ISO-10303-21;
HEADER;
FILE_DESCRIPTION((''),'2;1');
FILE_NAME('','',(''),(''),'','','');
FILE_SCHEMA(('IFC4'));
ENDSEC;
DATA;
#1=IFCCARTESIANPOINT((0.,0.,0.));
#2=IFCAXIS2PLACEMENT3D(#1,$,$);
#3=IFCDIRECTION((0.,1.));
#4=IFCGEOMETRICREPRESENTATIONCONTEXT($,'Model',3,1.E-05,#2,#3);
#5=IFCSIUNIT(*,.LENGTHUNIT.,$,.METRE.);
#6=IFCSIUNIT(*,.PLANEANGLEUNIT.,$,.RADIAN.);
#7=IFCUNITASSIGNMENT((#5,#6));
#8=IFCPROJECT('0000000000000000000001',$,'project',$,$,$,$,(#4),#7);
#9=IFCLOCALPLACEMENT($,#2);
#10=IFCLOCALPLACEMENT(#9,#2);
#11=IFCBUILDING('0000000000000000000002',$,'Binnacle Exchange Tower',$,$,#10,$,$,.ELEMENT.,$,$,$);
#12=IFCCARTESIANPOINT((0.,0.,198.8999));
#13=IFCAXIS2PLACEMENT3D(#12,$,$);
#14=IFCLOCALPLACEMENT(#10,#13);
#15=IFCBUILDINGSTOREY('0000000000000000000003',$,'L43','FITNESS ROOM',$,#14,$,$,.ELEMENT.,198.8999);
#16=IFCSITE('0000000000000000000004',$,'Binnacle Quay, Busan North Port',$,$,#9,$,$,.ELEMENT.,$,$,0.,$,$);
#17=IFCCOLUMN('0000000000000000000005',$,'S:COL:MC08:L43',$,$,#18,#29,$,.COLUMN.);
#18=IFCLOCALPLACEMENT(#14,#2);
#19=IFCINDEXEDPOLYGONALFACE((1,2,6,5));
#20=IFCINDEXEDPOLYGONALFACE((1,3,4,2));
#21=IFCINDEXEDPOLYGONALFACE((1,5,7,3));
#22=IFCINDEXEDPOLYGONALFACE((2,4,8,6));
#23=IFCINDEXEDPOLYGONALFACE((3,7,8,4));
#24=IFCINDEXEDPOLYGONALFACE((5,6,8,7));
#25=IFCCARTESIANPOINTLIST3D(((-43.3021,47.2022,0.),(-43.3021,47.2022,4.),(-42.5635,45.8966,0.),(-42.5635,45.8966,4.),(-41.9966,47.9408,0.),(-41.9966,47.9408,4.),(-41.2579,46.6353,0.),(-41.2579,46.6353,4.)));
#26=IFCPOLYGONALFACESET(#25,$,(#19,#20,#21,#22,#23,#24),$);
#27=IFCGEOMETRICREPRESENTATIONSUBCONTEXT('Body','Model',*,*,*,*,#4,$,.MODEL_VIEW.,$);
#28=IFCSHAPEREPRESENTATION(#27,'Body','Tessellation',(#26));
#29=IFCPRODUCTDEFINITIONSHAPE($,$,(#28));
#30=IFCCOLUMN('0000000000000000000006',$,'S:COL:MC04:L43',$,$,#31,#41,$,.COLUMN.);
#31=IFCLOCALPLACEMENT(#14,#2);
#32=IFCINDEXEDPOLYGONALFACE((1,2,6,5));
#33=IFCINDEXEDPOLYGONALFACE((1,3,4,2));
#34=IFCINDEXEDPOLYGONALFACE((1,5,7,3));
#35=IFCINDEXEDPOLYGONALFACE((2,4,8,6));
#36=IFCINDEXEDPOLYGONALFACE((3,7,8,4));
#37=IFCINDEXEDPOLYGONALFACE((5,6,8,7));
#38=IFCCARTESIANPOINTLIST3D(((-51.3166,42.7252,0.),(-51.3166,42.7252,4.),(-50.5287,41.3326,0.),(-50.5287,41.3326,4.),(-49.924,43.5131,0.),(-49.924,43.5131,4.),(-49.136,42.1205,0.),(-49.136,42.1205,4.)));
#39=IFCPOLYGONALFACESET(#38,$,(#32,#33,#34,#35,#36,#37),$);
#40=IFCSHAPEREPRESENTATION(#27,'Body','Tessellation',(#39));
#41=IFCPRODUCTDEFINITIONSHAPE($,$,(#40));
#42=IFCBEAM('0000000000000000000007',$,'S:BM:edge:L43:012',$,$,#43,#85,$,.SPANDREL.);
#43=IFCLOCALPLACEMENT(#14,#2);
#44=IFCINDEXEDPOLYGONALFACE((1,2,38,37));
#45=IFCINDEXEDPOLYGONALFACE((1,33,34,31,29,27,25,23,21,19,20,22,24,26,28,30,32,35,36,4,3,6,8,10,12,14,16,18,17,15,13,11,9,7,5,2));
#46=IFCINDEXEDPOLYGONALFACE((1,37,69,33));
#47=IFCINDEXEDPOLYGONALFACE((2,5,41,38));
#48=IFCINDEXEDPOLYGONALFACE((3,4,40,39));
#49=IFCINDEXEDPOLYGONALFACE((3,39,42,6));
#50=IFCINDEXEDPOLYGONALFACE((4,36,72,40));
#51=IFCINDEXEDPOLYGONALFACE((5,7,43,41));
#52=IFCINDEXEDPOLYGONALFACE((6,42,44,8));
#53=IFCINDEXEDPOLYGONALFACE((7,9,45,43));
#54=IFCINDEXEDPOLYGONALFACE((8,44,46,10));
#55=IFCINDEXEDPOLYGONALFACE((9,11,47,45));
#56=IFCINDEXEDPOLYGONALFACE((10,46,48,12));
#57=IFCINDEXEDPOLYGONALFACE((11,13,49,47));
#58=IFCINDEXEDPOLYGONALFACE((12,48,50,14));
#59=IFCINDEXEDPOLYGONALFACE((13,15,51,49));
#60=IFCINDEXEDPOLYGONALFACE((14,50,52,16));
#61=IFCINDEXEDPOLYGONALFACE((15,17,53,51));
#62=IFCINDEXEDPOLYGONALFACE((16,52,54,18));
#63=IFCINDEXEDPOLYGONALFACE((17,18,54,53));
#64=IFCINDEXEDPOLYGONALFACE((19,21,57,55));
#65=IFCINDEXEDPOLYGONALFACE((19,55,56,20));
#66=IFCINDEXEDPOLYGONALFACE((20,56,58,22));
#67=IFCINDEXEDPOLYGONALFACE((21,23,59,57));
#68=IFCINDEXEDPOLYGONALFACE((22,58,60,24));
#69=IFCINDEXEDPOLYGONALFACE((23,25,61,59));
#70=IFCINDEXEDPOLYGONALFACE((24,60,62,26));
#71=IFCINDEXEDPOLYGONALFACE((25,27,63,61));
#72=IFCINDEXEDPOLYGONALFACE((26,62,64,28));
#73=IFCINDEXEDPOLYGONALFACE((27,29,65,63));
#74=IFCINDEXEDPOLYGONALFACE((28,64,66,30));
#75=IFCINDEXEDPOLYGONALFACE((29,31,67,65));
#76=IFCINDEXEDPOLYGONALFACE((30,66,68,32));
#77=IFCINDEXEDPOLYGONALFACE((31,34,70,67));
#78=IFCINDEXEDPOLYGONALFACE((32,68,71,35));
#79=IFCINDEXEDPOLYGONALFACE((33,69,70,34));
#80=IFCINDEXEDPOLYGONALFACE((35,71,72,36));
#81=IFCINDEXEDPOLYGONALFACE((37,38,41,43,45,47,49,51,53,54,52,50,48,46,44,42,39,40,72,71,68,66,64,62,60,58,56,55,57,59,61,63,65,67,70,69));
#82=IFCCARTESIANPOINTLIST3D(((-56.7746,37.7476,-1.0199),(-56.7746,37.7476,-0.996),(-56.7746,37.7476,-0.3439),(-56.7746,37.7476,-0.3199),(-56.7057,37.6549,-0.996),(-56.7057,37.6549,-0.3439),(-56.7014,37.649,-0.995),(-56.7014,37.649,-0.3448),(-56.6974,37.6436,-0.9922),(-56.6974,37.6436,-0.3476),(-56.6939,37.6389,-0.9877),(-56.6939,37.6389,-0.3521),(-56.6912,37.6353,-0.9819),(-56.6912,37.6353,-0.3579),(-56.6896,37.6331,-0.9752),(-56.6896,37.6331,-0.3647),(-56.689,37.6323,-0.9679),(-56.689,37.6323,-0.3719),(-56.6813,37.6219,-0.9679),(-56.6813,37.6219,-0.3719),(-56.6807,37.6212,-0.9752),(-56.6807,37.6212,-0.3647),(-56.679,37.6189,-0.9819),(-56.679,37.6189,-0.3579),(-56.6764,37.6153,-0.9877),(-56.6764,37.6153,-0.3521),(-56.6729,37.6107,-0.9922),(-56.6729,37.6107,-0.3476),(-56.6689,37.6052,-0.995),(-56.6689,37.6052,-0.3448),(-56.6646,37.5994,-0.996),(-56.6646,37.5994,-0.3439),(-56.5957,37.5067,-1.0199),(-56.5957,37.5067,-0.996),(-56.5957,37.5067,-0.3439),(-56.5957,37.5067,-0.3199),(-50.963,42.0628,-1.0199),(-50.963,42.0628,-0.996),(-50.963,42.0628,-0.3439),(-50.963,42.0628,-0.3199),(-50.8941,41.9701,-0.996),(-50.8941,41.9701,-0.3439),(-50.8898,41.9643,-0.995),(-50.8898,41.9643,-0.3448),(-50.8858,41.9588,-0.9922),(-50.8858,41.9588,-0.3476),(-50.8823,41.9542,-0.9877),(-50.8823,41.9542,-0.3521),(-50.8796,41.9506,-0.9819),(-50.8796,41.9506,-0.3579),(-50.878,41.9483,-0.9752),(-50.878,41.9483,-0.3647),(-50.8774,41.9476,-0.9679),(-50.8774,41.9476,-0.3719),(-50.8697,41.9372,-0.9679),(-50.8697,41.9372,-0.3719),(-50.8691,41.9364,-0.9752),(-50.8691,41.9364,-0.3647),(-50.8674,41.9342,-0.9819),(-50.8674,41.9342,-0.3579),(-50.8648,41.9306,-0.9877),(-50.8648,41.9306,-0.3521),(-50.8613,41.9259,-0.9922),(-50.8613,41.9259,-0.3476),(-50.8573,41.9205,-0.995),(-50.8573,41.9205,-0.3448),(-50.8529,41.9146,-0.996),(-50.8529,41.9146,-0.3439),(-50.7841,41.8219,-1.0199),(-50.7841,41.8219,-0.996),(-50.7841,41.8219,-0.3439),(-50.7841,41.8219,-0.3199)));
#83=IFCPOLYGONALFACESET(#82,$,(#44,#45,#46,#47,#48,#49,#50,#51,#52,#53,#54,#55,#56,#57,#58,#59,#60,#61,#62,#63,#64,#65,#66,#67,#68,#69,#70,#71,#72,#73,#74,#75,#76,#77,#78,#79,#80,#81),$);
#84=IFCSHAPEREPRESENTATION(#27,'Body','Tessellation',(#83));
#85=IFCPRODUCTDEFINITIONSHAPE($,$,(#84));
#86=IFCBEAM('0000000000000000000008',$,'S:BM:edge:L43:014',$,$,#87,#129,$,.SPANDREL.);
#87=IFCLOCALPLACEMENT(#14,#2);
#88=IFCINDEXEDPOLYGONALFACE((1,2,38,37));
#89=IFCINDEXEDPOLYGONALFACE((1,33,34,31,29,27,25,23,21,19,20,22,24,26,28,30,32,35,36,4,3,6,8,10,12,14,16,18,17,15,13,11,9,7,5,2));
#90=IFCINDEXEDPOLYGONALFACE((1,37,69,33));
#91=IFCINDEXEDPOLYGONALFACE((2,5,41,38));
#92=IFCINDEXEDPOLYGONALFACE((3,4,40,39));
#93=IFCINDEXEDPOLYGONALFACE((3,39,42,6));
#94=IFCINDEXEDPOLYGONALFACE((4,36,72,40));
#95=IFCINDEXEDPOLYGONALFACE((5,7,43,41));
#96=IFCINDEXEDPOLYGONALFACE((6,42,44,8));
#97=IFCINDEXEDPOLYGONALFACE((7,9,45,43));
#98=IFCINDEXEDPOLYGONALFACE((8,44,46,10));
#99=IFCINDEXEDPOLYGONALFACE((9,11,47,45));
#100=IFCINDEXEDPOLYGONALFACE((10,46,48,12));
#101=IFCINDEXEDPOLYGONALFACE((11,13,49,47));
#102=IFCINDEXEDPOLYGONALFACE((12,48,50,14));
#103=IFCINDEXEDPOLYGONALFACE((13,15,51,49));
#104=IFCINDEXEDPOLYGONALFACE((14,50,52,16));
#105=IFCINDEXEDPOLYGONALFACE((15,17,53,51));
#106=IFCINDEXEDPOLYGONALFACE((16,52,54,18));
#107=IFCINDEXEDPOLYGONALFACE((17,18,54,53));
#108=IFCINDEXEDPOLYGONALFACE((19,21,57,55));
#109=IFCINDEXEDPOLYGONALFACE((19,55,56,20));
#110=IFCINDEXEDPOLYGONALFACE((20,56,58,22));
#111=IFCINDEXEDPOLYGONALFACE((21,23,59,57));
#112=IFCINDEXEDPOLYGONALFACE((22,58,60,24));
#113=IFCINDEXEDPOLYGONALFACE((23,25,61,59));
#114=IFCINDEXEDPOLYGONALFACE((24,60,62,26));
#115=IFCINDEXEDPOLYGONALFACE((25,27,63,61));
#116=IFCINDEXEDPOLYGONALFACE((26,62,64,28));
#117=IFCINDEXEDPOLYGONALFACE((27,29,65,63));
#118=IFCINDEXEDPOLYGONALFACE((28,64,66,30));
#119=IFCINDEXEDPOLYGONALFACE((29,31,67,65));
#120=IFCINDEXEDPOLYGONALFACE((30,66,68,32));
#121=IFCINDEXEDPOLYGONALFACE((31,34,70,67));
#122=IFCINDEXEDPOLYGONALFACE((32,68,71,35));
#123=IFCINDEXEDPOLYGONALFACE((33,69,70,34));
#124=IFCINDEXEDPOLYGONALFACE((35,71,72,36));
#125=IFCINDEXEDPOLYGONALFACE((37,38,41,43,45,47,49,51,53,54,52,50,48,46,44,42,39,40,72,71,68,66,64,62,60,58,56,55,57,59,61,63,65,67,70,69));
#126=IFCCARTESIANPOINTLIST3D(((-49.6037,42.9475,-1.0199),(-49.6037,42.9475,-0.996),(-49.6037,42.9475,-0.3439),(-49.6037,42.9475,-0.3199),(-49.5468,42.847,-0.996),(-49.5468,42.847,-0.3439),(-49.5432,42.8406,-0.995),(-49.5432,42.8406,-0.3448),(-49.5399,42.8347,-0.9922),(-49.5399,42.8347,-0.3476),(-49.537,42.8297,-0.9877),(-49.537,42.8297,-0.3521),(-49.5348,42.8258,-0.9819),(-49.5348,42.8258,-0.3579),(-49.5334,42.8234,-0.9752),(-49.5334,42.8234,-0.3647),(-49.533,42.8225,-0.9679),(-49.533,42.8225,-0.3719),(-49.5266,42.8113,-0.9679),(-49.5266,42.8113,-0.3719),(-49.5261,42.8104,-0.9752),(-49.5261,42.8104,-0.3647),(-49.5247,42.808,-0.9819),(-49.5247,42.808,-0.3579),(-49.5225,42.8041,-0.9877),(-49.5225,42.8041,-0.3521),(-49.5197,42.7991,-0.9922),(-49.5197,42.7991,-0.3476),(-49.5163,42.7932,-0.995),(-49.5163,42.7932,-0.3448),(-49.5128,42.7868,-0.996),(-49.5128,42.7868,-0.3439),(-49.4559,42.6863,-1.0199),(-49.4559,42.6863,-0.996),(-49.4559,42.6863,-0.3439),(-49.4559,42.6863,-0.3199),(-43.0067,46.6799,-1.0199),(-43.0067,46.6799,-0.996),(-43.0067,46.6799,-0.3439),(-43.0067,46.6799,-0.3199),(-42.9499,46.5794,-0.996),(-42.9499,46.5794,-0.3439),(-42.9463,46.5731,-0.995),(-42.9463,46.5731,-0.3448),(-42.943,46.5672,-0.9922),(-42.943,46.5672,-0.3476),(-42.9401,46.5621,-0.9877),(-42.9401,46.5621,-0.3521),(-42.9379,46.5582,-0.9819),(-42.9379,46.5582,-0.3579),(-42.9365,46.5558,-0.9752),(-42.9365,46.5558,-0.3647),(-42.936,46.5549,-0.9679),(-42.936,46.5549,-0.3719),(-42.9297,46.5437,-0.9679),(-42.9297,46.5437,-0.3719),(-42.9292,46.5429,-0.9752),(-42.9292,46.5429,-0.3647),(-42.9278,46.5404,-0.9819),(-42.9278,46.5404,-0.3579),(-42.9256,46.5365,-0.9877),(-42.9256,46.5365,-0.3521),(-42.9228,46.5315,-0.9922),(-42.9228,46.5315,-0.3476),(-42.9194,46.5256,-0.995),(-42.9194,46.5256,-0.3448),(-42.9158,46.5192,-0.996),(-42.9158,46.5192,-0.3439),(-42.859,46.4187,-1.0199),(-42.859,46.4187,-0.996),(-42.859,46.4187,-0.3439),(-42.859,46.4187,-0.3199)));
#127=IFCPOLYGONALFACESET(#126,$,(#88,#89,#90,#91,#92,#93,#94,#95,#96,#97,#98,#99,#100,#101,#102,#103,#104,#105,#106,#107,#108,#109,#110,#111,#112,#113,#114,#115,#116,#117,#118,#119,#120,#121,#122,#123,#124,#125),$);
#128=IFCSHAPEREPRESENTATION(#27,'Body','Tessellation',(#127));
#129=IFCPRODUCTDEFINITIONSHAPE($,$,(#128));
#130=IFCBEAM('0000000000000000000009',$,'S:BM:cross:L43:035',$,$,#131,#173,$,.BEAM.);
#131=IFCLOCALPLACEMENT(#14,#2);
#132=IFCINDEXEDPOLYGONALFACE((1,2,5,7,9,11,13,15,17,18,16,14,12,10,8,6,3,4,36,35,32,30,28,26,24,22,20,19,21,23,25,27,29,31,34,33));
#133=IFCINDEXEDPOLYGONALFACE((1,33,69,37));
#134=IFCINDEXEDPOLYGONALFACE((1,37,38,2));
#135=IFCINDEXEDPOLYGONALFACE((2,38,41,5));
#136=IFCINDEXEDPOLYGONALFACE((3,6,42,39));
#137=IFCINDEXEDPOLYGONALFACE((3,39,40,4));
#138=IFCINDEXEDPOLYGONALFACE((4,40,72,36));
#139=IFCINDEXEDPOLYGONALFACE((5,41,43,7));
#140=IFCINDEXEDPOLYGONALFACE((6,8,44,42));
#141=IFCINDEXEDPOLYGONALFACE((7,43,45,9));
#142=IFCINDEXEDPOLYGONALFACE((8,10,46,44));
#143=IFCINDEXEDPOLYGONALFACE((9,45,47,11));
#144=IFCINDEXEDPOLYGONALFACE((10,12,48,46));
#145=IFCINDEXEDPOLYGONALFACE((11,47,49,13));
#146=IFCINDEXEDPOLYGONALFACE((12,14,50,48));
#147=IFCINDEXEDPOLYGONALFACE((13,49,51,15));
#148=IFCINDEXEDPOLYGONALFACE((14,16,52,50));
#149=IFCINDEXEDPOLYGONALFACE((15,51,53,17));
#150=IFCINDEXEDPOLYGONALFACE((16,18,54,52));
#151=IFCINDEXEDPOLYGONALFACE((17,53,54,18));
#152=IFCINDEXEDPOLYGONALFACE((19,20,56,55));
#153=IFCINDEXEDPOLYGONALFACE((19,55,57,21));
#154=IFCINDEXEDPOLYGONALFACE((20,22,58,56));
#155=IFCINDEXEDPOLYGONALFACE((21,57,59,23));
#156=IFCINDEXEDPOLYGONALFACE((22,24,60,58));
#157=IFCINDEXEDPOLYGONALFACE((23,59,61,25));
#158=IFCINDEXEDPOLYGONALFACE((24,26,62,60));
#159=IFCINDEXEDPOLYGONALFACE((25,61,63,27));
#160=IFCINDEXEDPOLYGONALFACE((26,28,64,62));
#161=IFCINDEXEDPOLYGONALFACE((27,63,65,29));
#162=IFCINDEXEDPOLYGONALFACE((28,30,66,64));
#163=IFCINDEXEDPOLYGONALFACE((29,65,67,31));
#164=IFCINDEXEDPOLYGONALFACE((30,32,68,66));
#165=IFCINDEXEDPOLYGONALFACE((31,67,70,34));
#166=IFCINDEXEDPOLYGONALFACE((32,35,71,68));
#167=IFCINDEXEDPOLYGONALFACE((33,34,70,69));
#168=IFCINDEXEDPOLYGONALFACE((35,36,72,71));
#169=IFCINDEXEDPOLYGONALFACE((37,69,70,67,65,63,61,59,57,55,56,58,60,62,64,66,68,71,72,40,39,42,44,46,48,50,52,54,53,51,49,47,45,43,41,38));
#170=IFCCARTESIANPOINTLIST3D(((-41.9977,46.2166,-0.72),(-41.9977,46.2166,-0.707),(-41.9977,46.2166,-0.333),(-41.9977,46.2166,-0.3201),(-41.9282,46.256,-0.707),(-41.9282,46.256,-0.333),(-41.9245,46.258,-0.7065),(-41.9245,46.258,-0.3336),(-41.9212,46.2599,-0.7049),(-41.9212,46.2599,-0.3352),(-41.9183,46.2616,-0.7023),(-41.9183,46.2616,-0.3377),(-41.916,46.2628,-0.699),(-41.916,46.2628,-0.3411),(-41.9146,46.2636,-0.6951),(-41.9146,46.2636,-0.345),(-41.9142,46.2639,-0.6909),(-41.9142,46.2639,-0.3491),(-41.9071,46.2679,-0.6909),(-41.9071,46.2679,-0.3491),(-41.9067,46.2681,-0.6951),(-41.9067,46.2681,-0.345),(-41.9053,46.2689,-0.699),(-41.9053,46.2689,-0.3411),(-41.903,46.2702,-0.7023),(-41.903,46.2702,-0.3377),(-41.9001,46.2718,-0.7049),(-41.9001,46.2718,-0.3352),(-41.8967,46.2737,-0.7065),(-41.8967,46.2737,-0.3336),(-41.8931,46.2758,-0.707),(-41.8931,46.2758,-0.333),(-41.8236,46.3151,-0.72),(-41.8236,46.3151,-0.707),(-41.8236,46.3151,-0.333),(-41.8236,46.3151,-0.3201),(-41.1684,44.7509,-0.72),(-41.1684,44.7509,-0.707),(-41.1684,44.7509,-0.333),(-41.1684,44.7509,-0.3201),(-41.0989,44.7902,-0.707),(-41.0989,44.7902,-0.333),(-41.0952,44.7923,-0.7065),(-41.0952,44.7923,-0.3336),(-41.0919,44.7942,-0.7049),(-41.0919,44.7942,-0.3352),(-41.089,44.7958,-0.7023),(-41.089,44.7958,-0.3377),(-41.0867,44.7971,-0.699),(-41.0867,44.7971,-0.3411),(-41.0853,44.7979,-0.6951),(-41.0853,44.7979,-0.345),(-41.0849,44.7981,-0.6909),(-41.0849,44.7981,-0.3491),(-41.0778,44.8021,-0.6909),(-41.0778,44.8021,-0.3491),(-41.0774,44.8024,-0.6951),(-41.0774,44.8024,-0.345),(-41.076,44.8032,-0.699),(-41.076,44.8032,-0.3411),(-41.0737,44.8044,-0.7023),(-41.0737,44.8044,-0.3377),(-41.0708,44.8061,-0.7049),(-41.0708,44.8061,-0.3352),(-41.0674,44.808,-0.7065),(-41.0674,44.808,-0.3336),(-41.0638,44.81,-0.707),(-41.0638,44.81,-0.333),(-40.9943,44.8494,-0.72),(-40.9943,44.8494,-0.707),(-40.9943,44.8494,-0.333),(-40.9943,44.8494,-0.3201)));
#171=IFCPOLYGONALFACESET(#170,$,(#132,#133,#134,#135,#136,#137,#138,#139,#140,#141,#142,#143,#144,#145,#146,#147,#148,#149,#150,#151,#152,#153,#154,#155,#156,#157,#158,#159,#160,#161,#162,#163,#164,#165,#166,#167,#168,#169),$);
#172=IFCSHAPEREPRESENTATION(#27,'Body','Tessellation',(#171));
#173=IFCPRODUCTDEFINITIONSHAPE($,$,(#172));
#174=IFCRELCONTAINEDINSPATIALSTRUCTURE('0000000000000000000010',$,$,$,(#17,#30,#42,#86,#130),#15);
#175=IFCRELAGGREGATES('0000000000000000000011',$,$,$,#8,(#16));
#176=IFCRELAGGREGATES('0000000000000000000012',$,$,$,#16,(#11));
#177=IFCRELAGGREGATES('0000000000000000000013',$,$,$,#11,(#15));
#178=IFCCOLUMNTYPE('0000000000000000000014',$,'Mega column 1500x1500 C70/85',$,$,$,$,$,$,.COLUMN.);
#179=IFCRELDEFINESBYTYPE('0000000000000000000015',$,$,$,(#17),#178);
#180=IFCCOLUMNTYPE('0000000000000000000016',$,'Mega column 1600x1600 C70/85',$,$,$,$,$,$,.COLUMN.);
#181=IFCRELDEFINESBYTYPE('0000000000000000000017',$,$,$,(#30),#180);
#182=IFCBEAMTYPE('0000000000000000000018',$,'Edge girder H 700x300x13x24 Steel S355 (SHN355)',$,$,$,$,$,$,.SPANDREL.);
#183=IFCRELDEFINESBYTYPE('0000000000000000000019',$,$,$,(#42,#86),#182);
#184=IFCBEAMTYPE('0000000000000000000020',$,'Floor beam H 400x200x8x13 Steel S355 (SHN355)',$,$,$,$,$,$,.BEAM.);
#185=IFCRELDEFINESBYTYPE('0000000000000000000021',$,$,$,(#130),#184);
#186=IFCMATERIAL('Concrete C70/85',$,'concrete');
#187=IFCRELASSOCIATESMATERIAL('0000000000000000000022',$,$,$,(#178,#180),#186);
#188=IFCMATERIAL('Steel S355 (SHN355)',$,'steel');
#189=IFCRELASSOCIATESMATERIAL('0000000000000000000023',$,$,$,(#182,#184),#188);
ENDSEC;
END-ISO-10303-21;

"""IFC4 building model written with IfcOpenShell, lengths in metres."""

from ifc_helpers import new_model, si_unit, direction, frame, origin, origin_2d, place, context, subcontext, project, spatial, rectangle, i_section, extrude, material, material_profile, profile_set, type_object, element, save


model = new_model("IFC4")

# Units and contexts
model_context = context("Model", 3, precision=1e-05, world=origin(), true_north=direction((0.0, 1.0)))
body_context = subcontext(model_context, "Body", "Model", "MODEL_VIEW")
ifc_project = project(units=[si_unit("LENGTHUNIT", "METRE"), si_unit("PLANEANGLEUNIT", "RADIAN")], contexts=[model_context])

# Site, building, storey
site_placement = place(None, origin())
site = spatial("IfcSite", under=ifc_project, at=site_placement, Name="Binnacle Quay, Busan North Port", CompositionType="ELEMENT", RefElevation=0.0)
building_placement = place(site_placement, origin())
building = spatial("IfcBuilding", under=site, at=building_placement, Name="Binnacle Exchange Tower", CompositionType="ELEMENT")
storey_placement = place(building_placement, frame((0.0, 0.0, 198.8999)))
storey = spatial("IfcBuildingStorey", under=building, at=storey_placement, Name="L43", Description="FITNESS ROOM", CompositionType="ELEMENT", Elevation=198.8999)

# Columns
ifc_material_1 = material(Name="Concrete C70/85", Category="concrete")
ifc_material_profile_1 = material_profile(ifc_material_1, rectangle(XDim=1.5, YDim=1.5, at=origin_2d()), Name="Mega column 1500x1500 C70/85")
ifc_profile_set_1 = profile_set([ifc_material_profile_1], Name="Concrete C70/85")
column_type_1 = type_object("IfcColumnType", Name="Mega column 1500x1500 C70/85", PredefinedType="COLUMN", material=ifc_profile_set_1)
column_1_placement = place(storey_placement, frame((-42.28, 46.9187, 0.0), z_axis=(0.0, 0.0, 1.0), x_axis=(-0.870356, -0.492424, 0.0)))
element("IfcColumn", 1, at=column_1_placement, inside=storey, type_object=column_type_1, Name="S:COL:MC08:L43", PredefinedType="COLUMN", context=body_context, shape_type="SweptSolid", body=[
    extrude(rectangle(XDim=1.5, YDim=1.5, at=origin_2d()), origin(), (0.0, 0.0, 1.0), 4.0),
])
ifc_material_profile_2 = material_profile(ifc_material_1, rectangle(XDim=1.6001, YDim=1.6001, at=origin_2d()), Name="Mega column 1600x1600 C70/85")
ifc_profile_set_2 = profile_set([ifc_material_profile_2], Name="Concrete C70/85")
column_type_2 = type_object("IfcColumnType", Name="Mega column 1600x1600 C70/85", PredefinedType="COLUMN", material=ifc_profile_set_2)
column_2_placement = place(storey_placement, frame((-50.2263, 42.4229, 0.0), z_axis=(0.0, 0.0, 1.0), x_axis=(-0.870356, -0.492424, 0.0)))
element("IfcColumn", 2, at=column_2_placement, inside=storey, type_object=column_type_2, Name="S:COL:MC04:L43", PredefinedType="COLUMN", context=body_context, shape_type="SweptSolid", body=[
    extrude(rectangle(XDim=1.6001, YDim=1.6001, at=origin_2d()), origin(), (0.0, 0.0, 1.0), 4.0),
])

# Beams
ifc_material_2 = material(Name="Steel S355 (SHN355)", Category="steel")
ifc_material_profile_3 = material_profile(ifc_material_2, i_section(OverallWidth=0.3, OverallDepth=0.7, WebThickness=0.0129, FlangeThickness=0.0239, FilletRadius=0.0281, at=origin_2d()), Name="H 700x300x13x24")
ifc_profile_set_3 = profile_set([ifc_material_profile_3], Name="Steel S355 (SHN355)")
beam_type_1 = type_object("IfcBeamType", Name="Edge girder H 700x300x13x24 Steel S355 (SHN355)", PredefinedType="SPANDREL", material=ifc_profile_set_3)
beam_1_placement = place(storey_placement, frame((-50.8735, 41.9424, -0.6699), z_axis=(-0.802873, -0.596151, 0.0), x_axis=(0.596151, -0.802873, 0.0)))
element("IfcBeam", 3, at=beam_1_placement, inside=storey, type_object=beam_type_1, Name="S:BM:edge:L43:012", PredefinedType="SPANDREL", context=body_context, shape_type="SweptSolid", body=[
    extrude(i_section(OverallWidth=0.3, OverallDepth=0.7, WebThickness=0.0129, FlangeThickness=0.0239, FilletRadius=0.0281, at=origin_2d()), origin(), (0.0, 0.0, 1.0), 7.2385),
])
beam_2_placement = place(storey_placement, frame((-42.9329, 46.5493, -0.6699), z_axis=(-0.870352, -0.49243, 0.0), x_axis=(0.49243, -0.870352, 0.0)))
element("IfcBeam", 4, at=beam_2_placement, inside=storey, type_object=beam_type_1, Name="S:BM:edge:L43:014", PredefinedType="SPANDREL", context=body_context, shape_type="SweptSolid", body=[
    extrude(i_section(OverallWidth=0.3, OverallDepth=0.7, WebThickness=0.0129, FlangeThickness=0.0239, FilletRadius=0.0281, at=origin_2d()), origin(), (0.0, 0.0, 1.0), 7.5796),
])
ifc_material_profile_4 = material_profile(ifc_material_2, i_section(OverallWidth=0.2, OverallDepth=0.3999, WebThickness=0.0081, FlangeThickness=0.0129, FilletRadius=0.0161, at=origin_2d()), Name="H 400x200x8x13")
ifc_profile_set_4 = profile_set([ifc_material_profile_4], Name="Steel S355 (SHN355)")
beam_type_2 = type_object("IfcBeamType", Name="Floor beam H 400x200x8x13 Steel S355 (SHN355)", PredefinedType="BEAM", material=ifc_profile_set_4)
beam_3_placement = place(storey_placement, frame((-41.9106, 46.2659, -0.52), z_axis=(0.492435, -0.870349, 0.0), x_axis=(0.870349, 0.492435, 0.0)))
element("IfcBeam", 5, at=beam_3_placement, inside=storey, type_object=beam_type_2, Name="S:BM:cross:L43:035", PredefinedType="BEAM", context=body_context, shape_type="SweptSolid", body=[
    extrude(i_section(OverallWidth=0.2, OverallDepth=0.3999, WebThickness=0.0081, FlangeThickness=0.0129, FilletRadius=0.0161, at=origin_2d()), origin(), (0.0, 0.0, 1.0), 1.6841),
])

save(model, "model.ifc")
